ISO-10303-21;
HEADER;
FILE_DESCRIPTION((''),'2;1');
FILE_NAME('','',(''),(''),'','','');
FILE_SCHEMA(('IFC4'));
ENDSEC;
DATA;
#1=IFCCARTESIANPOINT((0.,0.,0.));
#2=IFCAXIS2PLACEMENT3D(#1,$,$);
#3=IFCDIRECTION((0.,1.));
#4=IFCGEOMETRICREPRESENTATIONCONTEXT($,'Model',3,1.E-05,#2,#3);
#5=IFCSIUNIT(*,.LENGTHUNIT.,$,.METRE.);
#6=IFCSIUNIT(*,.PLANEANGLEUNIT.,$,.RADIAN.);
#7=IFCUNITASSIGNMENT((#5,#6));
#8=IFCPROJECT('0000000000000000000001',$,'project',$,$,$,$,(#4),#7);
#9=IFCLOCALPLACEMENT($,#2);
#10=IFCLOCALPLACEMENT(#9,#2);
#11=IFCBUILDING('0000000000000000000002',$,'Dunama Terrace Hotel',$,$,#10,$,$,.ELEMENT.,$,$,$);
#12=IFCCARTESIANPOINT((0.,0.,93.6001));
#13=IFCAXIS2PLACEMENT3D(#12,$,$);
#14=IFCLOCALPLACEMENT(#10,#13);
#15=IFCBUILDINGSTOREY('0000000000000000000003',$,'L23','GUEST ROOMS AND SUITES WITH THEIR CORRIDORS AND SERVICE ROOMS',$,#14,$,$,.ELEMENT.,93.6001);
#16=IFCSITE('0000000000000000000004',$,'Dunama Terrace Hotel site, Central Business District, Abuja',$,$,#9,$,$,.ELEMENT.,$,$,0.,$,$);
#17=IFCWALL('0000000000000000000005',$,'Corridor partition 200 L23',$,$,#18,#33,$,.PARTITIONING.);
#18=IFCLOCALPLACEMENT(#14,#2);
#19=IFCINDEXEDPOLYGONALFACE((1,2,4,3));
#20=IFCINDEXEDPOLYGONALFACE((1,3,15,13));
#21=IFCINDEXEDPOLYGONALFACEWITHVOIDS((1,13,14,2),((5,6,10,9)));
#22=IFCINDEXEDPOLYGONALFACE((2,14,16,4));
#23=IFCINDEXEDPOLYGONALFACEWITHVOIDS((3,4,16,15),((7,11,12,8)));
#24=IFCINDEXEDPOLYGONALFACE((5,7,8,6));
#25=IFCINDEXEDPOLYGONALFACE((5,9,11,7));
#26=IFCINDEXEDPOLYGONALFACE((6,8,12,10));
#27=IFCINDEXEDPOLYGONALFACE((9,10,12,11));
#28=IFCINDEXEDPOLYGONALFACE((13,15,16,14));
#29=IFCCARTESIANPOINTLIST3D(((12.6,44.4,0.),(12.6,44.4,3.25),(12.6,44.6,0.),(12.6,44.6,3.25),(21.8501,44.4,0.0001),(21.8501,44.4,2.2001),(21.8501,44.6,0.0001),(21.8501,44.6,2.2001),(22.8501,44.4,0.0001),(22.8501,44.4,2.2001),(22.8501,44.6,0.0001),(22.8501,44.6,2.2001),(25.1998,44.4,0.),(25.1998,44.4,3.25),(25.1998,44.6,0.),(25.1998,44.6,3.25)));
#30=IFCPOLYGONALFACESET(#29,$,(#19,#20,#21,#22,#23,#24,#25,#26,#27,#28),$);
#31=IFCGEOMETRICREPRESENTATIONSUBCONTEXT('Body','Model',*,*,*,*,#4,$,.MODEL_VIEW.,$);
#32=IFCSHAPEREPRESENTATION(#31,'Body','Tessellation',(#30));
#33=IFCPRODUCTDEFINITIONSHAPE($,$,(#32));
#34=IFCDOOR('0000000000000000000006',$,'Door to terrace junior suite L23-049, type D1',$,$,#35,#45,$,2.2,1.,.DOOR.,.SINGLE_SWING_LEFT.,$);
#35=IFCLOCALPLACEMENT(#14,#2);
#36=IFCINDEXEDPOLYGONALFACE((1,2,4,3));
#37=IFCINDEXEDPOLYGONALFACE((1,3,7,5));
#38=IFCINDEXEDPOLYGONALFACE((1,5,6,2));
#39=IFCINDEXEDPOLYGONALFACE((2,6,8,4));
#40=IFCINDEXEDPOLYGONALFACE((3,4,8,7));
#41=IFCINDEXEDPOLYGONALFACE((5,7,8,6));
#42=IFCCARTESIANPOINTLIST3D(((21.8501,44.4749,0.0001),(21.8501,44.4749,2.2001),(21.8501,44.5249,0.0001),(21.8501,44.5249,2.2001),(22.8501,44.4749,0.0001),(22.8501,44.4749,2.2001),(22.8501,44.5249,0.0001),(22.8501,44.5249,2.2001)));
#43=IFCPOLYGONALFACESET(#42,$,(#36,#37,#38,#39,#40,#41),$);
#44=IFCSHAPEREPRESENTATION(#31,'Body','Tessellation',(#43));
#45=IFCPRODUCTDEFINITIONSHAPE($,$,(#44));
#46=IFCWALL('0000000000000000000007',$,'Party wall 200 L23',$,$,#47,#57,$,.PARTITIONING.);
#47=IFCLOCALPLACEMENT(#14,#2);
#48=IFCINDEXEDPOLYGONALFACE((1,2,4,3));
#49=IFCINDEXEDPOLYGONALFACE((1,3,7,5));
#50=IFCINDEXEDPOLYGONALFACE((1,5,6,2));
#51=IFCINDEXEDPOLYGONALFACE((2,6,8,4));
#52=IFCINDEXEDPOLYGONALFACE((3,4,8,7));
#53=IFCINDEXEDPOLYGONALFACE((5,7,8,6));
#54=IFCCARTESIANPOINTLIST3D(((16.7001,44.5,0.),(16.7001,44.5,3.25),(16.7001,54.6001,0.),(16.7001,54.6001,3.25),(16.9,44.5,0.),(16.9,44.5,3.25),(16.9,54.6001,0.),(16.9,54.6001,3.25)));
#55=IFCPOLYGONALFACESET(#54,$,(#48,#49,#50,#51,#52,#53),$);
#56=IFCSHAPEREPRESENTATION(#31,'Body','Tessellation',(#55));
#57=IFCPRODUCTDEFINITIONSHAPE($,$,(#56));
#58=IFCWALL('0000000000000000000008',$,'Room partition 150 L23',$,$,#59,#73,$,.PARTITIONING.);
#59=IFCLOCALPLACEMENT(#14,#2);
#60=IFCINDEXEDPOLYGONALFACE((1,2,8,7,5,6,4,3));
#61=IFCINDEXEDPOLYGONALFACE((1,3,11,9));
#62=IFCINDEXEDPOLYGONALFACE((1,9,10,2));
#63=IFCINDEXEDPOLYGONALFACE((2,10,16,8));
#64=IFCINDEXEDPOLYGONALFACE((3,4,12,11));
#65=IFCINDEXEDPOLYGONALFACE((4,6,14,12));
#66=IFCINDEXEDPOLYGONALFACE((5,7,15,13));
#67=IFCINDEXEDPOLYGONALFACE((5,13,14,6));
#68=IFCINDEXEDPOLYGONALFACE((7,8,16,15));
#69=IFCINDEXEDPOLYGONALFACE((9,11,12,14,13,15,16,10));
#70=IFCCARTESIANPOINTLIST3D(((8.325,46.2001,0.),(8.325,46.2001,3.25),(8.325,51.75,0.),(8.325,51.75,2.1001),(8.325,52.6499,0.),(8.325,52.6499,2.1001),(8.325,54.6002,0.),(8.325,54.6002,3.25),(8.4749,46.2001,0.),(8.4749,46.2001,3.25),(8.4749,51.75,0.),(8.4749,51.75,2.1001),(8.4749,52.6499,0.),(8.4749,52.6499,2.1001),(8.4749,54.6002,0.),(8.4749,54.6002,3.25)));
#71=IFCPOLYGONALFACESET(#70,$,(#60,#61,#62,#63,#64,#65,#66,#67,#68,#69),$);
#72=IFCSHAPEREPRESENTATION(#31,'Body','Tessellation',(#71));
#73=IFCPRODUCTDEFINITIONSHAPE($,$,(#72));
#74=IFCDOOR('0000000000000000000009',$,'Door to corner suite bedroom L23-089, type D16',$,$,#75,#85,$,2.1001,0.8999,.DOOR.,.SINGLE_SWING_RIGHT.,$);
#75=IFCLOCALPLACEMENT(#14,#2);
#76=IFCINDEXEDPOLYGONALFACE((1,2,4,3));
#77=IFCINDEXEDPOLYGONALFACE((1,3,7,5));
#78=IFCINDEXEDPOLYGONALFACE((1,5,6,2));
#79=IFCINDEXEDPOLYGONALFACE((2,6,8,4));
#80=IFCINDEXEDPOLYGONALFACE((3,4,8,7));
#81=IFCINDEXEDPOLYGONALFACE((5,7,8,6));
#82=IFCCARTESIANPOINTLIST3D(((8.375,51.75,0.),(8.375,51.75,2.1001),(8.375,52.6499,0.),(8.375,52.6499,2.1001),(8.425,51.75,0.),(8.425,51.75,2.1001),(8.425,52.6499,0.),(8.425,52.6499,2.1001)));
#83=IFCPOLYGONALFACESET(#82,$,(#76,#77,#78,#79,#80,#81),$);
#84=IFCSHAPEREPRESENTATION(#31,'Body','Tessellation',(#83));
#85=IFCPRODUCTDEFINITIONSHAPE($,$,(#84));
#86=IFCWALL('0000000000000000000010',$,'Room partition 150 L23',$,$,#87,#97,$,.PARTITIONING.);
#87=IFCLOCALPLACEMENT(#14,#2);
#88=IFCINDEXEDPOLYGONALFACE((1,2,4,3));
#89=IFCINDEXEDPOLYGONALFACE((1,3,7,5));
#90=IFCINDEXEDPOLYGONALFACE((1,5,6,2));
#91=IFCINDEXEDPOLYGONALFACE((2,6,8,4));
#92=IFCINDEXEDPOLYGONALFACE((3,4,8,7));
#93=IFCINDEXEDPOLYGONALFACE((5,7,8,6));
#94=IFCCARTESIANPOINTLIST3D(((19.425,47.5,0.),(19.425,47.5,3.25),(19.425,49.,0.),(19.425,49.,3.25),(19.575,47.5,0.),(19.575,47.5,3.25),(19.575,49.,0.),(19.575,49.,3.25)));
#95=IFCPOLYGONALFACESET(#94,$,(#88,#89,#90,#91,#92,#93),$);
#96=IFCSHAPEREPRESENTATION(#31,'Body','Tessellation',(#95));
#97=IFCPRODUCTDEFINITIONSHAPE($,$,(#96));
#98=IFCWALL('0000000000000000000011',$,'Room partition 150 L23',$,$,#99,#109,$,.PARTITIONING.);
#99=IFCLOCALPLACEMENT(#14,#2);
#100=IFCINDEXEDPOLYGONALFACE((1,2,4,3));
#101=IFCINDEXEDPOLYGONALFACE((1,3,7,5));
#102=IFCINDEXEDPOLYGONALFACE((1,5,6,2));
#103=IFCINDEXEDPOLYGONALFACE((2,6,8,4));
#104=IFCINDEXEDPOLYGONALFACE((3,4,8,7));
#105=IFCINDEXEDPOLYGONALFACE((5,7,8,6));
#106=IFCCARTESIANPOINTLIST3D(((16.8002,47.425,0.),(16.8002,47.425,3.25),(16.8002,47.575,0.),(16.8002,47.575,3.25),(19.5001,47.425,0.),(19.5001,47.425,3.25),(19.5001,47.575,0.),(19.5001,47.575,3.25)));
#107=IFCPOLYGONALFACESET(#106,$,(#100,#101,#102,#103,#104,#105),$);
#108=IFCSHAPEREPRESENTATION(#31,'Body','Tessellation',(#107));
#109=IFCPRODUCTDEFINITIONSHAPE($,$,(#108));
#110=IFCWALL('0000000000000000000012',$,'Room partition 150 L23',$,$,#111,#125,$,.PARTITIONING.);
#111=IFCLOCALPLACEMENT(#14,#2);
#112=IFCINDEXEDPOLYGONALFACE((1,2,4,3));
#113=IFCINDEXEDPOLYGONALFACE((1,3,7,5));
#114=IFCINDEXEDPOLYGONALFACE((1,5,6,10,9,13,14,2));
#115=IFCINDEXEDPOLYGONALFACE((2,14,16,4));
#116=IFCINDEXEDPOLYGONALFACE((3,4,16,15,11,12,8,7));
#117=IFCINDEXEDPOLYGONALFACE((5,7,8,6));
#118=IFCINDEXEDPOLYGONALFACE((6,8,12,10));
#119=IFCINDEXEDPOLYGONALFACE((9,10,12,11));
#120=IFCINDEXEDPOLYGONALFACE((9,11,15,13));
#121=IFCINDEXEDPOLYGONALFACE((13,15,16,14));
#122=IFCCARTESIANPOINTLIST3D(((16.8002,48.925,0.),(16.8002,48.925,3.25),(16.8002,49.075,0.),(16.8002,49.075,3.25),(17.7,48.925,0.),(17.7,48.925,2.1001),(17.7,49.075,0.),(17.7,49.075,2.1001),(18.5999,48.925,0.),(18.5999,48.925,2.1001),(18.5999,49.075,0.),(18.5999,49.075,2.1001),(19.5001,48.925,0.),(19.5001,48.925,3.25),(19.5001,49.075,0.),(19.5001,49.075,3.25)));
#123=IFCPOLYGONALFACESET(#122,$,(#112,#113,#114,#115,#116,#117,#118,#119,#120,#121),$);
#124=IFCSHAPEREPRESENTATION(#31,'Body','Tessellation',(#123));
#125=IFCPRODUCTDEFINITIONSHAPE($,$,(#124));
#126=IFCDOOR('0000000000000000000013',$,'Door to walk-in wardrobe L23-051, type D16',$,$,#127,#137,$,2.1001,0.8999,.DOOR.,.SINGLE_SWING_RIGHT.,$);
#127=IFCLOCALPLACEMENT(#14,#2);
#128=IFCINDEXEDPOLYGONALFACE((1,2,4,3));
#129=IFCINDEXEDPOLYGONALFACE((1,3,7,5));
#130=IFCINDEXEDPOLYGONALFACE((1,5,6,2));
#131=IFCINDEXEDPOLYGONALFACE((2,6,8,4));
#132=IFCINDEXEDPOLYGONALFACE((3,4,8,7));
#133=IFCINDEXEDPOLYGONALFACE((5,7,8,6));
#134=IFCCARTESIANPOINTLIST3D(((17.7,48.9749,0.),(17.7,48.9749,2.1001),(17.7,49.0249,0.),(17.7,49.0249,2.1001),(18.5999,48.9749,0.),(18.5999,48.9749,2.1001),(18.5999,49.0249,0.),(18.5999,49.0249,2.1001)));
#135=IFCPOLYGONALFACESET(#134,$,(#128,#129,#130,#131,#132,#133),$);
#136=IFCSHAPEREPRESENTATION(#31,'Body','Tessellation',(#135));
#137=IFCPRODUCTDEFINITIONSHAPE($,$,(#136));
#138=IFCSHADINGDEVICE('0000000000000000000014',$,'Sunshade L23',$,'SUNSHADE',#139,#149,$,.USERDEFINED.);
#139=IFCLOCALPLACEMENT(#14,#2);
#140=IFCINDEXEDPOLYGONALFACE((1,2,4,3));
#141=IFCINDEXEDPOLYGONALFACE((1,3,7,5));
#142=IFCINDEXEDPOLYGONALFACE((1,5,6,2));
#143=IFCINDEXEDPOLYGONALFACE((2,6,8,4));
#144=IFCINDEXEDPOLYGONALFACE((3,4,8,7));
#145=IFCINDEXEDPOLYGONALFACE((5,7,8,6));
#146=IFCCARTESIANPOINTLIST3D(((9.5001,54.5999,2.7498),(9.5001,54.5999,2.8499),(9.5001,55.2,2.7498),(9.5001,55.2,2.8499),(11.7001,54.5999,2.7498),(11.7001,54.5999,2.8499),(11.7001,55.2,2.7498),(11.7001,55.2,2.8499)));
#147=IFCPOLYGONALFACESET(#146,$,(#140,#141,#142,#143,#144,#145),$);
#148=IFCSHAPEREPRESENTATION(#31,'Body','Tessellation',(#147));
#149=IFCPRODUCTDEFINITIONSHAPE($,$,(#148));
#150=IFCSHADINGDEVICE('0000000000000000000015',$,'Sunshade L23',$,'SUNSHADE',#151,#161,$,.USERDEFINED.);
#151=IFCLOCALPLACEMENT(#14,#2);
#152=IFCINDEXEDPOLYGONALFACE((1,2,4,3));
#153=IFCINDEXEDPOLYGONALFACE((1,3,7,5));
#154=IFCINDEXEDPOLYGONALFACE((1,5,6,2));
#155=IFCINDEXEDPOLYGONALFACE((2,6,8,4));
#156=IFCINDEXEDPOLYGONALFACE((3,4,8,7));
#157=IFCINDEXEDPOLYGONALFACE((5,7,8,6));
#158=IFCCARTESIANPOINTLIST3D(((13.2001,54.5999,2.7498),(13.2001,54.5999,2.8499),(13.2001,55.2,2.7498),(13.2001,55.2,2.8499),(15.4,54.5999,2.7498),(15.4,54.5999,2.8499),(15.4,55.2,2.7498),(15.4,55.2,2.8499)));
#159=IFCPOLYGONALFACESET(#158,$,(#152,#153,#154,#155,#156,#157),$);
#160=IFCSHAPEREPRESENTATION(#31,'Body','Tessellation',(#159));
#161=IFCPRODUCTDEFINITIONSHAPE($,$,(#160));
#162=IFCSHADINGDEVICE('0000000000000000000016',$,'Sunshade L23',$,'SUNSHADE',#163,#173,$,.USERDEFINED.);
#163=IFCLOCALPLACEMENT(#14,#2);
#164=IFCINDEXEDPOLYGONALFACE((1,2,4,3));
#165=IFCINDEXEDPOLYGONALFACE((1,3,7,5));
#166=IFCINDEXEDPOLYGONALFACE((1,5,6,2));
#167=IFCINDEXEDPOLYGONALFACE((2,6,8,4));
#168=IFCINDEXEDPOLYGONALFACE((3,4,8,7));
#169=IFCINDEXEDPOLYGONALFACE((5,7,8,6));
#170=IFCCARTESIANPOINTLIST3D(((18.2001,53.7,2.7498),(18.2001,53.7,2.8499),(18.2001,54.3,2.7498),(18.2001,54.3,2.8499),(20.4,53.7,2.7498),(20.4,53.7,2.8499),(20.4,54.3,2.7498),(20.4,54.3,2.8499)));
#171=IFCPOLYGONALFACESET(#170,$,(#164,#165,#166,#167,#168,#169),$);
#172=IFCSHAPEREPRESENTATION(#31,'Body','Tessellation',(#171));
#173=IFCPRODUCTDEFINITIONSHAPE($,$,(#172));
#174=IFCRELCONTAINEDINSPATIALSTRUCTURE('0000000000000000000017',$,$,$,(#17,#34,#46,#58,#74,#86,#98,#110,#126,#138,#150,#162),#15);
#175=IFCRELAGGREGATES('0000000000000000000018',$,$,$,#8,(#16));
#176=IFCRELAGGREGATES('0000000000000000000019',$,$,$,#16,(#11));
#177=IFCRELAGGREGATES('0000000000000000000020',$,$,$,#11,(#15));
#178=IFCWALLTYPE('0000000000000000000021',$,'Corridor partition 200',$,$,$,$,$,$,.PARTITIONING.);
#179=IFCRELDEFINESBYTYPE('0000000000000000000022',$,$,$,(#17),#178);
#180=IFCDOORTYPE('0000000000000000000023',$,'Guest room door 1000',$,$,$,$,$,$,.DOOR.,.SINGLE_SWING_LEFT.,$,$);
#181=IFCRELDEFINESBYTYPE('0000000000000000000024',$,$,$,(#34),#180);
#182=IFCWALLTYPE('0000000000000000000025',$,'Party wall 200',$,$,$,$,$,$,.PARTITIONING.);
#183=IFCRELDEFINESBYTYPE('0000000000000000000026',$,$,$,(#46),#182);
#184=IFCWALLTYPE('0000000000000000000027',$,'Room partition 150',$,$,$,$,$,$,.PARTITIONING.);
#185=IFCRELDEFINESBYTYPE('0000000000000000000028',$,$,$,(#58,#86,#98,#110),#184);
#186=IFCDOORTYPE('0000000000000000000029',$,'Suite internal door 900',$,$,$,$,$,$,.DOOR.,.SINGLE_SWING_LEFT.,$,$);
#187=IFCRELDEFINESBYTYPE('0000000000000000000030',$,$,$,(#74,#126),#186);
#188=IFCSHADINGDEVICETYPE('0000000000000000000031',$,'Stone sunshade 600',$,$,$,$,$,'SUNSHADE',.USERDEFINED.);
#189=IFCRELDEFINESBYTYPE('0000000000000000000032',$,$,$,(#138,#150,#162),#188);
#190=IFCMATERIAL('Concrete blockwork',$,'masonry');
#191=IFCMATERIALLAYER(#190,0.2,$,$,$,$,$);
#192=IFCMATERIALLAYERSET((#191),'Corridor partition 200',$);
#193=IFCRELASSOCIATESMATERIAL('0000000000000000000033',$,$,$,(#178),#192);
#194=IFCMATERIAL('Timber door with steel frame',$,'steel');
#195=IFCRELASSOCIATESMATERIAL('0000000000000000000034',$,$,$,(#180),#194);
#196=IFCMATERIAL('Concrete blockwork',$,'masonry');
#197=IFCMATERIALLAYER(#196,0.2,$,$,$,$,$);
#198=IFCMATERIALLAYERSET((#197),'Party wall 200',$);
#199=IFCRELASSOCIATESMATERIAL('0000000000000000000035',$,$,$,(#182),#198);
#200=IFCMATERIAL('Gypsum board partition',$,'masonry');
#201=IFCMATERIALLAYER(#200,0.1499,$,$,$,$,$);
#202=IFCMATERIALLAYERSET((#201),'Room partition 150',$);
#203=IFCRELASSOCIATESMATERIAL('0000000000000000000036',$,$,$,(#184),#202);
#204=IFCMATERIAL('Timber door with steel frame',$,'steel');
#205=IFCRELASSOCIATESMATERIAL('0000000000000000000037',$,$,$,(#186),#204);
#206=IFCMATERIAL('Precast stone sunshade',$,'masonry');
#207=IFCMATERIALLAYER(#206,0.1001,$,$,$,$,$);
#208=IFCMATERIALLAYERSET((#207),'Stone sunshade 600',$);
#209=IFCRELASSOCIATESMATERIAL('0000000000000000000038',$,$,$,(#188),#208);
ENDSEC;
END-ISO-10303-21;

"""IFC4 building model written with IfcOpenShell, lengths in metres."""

from ifc_helpers import new_model, si_unit, direction, frame, frame_2d, origin, origin_2d, place, context, subcontext, project, spatial, rectangle, extrude, material, layer, layer_set, type_object, element, fill, save


model = new_model("IFC4")

# Units and contexts
model_context = context("Model", 3, precision=1e-05, world=origin(), true_north=direction((0.0, 1.0)))
body_context = subcontext(model_context, "Body", "Model", "MODEL_VIEW")
ifc_project = project(units=[si_unit("LENGTHUNIT", "METRE"), si_unit("PLANEANGLEUNIT", "RADIAN")], contexts=[model_context])

# Site, building, storey
site_placement = place(None, origin())
site = spatial("IfcSite", under=ifc_project, at=site_placement, Name="Dunama Terrace Hotel site, Central Business District, Abuja", CompositionType="ELEMENT", RefElevation=0.0)
building_placement = place(site_placement, origin())
building = spatial("IfcBuilding", under=site, at=building_placement, Name="Dunama Terrace Hotel", CompositionType="ELEMENT")
storey_placement = place(building_placement, frame((0.0, 0.0, 93.6001)))
storey = spatial("IfcBuildingStorey", under=building, at=storey_placement, Name="L23", Description="GUEST ROOMS AND SUITES WITH THEIR CORRIDORS AND SERVICE ROOMS", CompositionType="ELEMENT", Elevation=93.6001)

# Wall, opening, door
ifc_material_1 = material(Name="Concrete blockwork", Category="masonry")
ifc_layer_1 = layer(ifc_material_1, 0.2)
ifc_layer_set_1 = layer_set([ifc_layer_1], Name="Corridor partition 200")
wall_type_1 = type_object("IfcWallType", Name="Corridor partition 200", PredefinedType="PARTITIONING", material=ifc_layer_set_1)
wall_1_placement = place(storey_placement, frame((12.6001, 44.5, 0.0), z_axis=(0.0, 0.0, 1.0), x_axis=(1.0, 0.0, 0.0)))
wall_1 = element("IfcWall", 1, at=wall_1_placement, inside=storey, type_object=wall_type_1, Name="Corridor partition 200 L23", PredefinedType="PARTITIONING", context=body_context, shape_type="SweptSolid", body=[
    extrude(rectangle(XDim=12.5999, YDim=0.2, at=frame_2d((6.2998, 0.0))), origin(), (0.0, 0.0, 1.0), 3.25),
])
opening_1_placement = place(wall_1_placement, frame((9.25, 0.0, 0.0)))
opening_1 = element("IfcOpeningElement", 2, at=opening_1_placement, cuts=wall_1, PredefinedType="OPENING", context=body_context, shape_type="SweptSolid", body=[
    extrude(rectangle(XDim=1.0, YDim=2.2, at=frame_2d((0.5, 1.1001))), frame((0.0, 0.1099, 0.0), z_axis=(0.0, -1.0, 0.0), x_axis=(1.0, 0.0, 0.0)), (0.0, 0.0, 1.0), 0.22),
])
ifc_material_2 = material(Name="Timber door with steel frame", Category="steel")
door_type_1 = type_object("IfcDoorType", Name="Guest room door 1000", OperationType="SINGLE_SWING_LEFT", PredefinedType="DOOR", material=ifc_material_2)
door_1_placement = place(opening_1_placement, origin())
door_1 = element("IfcDoor", 3, at=door_1_placement, inside=storey, type_object=door_type_1, Name="Door to terrace junior suite L23-049, type D1", OperationType="SINGLE_SWING_LEFT", OverallHeight=2.2, OverallWidth=1.0, PredefinedType="DOOR", context=body_context, shape_type="SweptSolid", body=[
    extrude(rectangle(XDim=1.0, YDim=2.2, at=frame_2d((0.5, 1.1001))), frame((0.0, 0.0249, 0.0), z_axis=(0.0, -1.0, 0.0), x_axis=(1.0, 0.0, 0.0)), (0.0, 0.0, 1.0), 0.05),
])
fill(opening_1, door_1)

# Wall
ifc_material_3 = material(Name="Concrete blockwork", Category="masonry")
ifc_layer_2 = layer(ifc_material_3, 0.2)
ifc_layer_set_2 = layer_set([ifc_layer_2], Name="Party wall 200")
wall_type_2 = type_object("IfcWallType", Name="Party wall 200", PredefinedType="PARTITIONING", material=ifc_layer_set_2)
wall_2_placement = place(storey_placement, frame((16.8, 44.5, 0.0), z_axis=(0.0, 0.0, 1.0), x_axis=(0.0, 1.0, 0.0)))
element("IfcWall", 4, at=wall_2_placement, inside=storey, type_object=wall_type_2, Name="Party wall 200 L23", PredefinedType="PARTITIONING", context=body_context, shape_type="SweptSolid", body=[
    extrude(rectangle(XDim=10.1001, YDim=0.2, at=frame_2d((5.05, 0.0))), origin(), (0.0, 0.0, 1.0), 3.25),
])

# Wall, opening, door
ifc_material_4 = material(Name="Gypsum board partition", Category="masonry")
ifc_layer_3 = layer(ifc_material_4, 0.1499)
ifc_layer_set_3 = layer_set([ifc_layer_3], Name="Room partition 150")
wall_type_3 = type_object("IfcWallType", Name="Room partition 150", PredefinedType="PARTITIONING", material=ifc_layer_set_3)
wall_3_placement = place(storey_placement, frame((8.3999, 46.2, 0.0), z_axis=(0.0, 0.0, 1.0), x_axis=(0.0, 1.0, 0.0)))
wall_3 = element("IfcWall", 5, at=wall_3_placement, inside=storey, type_object=wall_type_3, Name="Room partition 150 L23", PredefinedType="PARTITIONING", context=body_context, shape_type="SweptSolid", body=[
    extrude(rectangle(XDim=8.4001, YDim=0.1499, at=frame_2d((4.2002, 0.0))), origin(), (0.0, 0.0, 1.0), 3.25),
])
opening_2_placement = place(wall_3_placement, frame((5.55, 0.0, 0.0)))
opening_2 = element("IfcOpeningElement", 6, at=opening_2_placement, cuts=wall_3, PredefinedType="OPENING", context=body_context, shape_type="SweptSolid", body=[
    extrude(rectangle(XDim=0.8999, YDim=2.1001, at=frame_2d((0.45, 1.05))), frame((0.0, 0.085, 0.0), z_axis=(0.0, -1.0, 0.0), x_axis=(1.0, 0.0, 0.0)), (0.0, 0.0, 1.0), 0.1699),
])
ifc_material_5 = material(Name="Timber door with steel frame", Category="steel")
door_type_2 = type_object("IfcDoorType", Name="Suite internal door 900", OperationType="SINGLE_SWING_LEFT", PredefinedType="DOOR", material=ifc_material_5)
door_2_placement = place(opening_2_placement, origin())
door_2 = element("IfcDoor", 7, at=door_2_placement, inside=storey, type_object=door_type_2, Name="Door to corner suite bedroom L23-089, type D16", OperationType="SINGLE_SWING_RIGHT", OverallHeight=2.1001, OverallWidth=0.8999, PredefinedType="DOOR", context=body_context, shape_type="SweptSolid", body=[
    extrude(rectangle(XDim=0.8999, YDim=2.1001, at=frame_2d((0.45, 1.05))), frame((0.0, 0.0249, 0.0), z_axis=(0.0, -1.0, 0.0), x_axis=(1.0, 0.0, 0.0)), (0.0, 0.0, 1.0), 0.05),
])
fill(opening_2, door_2)

# Walls
wall_4_placement = place(storey_placement, frame((19.5, 47.5, 0.0), z_axis=(0.0, 0.0, 1.0), x_axis=(0.0, 1.0, 0.0)))
element("IfcWall", 8, at=wall_4_placement, inside=storey, type_object=wall_type_3, Name="Room partition 150 L23", PredefinedType="PARTITIONING", context=body_context, shape_type="SweptSolid", body=[
    extrude(rectangle(XDim=1.5, YDim=0.1499, at=frame_2d((0.75, 0.0))), origin(), (0.0, 0.0, 1.0), 3.25),
])
wall_5_placement = place(storey_placement, frame((16.8, 47.5, 0.0), z_axis=(0.0, 0.0, 1.0), x_axis=(1.0, 0.0, 0.0)))
element("IfcWall", 9, at=wall_5_placement, inside=storey, type_object=wall_type_3, Name="Room partition 150 L23", PredefinedType="PARTITIONING", context=body_context, shape_type="SweptSolid", body=[
    extrude(rectangle(XDim=2.7, YDim=0.1499, at=frame_2d((1.3501, 0.0))), origin(), (0.0, 0.0, 1.0), 3.25),
])

# Wall, opening, door
wall_6_placement = place(storey_placement, frame((16.8, 49.0, 0.0), z_axis=(0.0, 0.0, 1.0), x_axis=(1.0, 0.0, 0.0)))
wall_6 = element("IfcWall", 10, at=wall_6_placement, inside=storey, type_object=wall_type_3, Name="Room partition 150 L23", PredefinedType="PARTITIONING", context=body_context, shape_type="SweptSolid", body=[
    extrude(rectangle(XDim=2.7, YDim=0.1499, at=frame_2d((1.3501, 0.0))), origin(), (0.0, 0.0, 1.0), 3.25),
])
opening_3_placement = place(wall_6_placement, frame((0.8999, 0.0, 0.0)))
opening_3 = element("IfcOpeningElement", 11, at=opening_3_placement, cuts=wall_6, PredefinedType="OPENING", context=body_context, shape_type="SweptSolid", body=[
    extrude(rectangle(XDim=0.8999, YDim=2.1001, at=frame_2d((0.45, 1.05))), frame((0.0, 0.085, 0.0), z_axis=(0.0, -1.0, 0.0), x_axis=(1.0, 0.0, 0.0)), (0.0, 0.0, 1.0), 0.1699),
])
door_3_placement = place(opening_3_placement, frame((0.8999, 0.0, 0.0), z_axis=(0.0, 0.0, 1.0), x_axis=(-1.0, 0.0, 0.0)))
door_3 = element("IfcDoor", 12, at=door_3_placement, inside=storey, type_object=door_type_2, Name="Door to walk-in wardrobe L23-051, type D16", OperationType="SINGLE_SWING_RIGHT", OverallHeight=2.1001, OverallWidth=0.8999, PredefinedType="DOOR", context=body_context, shape_type="SweptSolid", body=[
    extrude(rectangle(XDim=0.8999, YDim=2.1001, at=frame_2d((0.45, 1.05))), frame((0.0, 0.0251, 0.0), z_axis=(0.0, -1.0, 0.0), x_axis=(1.0, 0.0, 0.0)), (0.0, 0.0, 1.0), 0.05),
])
fill(opening_3, door_3)

# Shading devices
ifc_material_6 = material(Name="Precast stone sunshade", Category="masonry")
ifc_layer_4 = layer(ifc_material_6, 0.1001)
ifc_layer_set_4 = layer_set([ifc_layer_4], Name="Stone sunshade 600")
shading_device_type = type_object("IfcShadingDeviceType", Name="Stone sunshade 600", ElementType="SUNSHADE", PredefinedType="USERDEFINED", material=ifc_layer_set_4)
for number, where, z_axis, x_axis, name in (
    (13, (10.6001, 54.8999, 2.7498), (0.0, 0.0, 1.0), (-1.0, 0.0, 0.0), "Sunshade L23"),
    (14, (14.3, 54.8999, 2.7498), (0.0, 0.0, 1.0), (-1.0, 0.0, 0.0), "Sunshade L23"),
    (15, (19.3, 54.0, 2.7498), (0.0, 0.0, 1.0), (-1.0, 0.0, 0.0), "Sunshade L23"),
):
    element("IfcShadingDevice", number, at=place(storey_placement, frame(where, z_axis=z_axis, x_axis=x_axis)), inside=storey, type_object=shading_device_type, Name=name, ObjectType="SUNSHADE", PredefinedType="USERDEFINED", context=body_context, shape_type="SweptSolid", body=[
        extrude(rectangle(XDim=2.2, YDim=0.6001, at=origin_2d()), origin(), (0.0, 0.0, 1.0), 0.1001),
    ])

save(model, "model.ifc")
